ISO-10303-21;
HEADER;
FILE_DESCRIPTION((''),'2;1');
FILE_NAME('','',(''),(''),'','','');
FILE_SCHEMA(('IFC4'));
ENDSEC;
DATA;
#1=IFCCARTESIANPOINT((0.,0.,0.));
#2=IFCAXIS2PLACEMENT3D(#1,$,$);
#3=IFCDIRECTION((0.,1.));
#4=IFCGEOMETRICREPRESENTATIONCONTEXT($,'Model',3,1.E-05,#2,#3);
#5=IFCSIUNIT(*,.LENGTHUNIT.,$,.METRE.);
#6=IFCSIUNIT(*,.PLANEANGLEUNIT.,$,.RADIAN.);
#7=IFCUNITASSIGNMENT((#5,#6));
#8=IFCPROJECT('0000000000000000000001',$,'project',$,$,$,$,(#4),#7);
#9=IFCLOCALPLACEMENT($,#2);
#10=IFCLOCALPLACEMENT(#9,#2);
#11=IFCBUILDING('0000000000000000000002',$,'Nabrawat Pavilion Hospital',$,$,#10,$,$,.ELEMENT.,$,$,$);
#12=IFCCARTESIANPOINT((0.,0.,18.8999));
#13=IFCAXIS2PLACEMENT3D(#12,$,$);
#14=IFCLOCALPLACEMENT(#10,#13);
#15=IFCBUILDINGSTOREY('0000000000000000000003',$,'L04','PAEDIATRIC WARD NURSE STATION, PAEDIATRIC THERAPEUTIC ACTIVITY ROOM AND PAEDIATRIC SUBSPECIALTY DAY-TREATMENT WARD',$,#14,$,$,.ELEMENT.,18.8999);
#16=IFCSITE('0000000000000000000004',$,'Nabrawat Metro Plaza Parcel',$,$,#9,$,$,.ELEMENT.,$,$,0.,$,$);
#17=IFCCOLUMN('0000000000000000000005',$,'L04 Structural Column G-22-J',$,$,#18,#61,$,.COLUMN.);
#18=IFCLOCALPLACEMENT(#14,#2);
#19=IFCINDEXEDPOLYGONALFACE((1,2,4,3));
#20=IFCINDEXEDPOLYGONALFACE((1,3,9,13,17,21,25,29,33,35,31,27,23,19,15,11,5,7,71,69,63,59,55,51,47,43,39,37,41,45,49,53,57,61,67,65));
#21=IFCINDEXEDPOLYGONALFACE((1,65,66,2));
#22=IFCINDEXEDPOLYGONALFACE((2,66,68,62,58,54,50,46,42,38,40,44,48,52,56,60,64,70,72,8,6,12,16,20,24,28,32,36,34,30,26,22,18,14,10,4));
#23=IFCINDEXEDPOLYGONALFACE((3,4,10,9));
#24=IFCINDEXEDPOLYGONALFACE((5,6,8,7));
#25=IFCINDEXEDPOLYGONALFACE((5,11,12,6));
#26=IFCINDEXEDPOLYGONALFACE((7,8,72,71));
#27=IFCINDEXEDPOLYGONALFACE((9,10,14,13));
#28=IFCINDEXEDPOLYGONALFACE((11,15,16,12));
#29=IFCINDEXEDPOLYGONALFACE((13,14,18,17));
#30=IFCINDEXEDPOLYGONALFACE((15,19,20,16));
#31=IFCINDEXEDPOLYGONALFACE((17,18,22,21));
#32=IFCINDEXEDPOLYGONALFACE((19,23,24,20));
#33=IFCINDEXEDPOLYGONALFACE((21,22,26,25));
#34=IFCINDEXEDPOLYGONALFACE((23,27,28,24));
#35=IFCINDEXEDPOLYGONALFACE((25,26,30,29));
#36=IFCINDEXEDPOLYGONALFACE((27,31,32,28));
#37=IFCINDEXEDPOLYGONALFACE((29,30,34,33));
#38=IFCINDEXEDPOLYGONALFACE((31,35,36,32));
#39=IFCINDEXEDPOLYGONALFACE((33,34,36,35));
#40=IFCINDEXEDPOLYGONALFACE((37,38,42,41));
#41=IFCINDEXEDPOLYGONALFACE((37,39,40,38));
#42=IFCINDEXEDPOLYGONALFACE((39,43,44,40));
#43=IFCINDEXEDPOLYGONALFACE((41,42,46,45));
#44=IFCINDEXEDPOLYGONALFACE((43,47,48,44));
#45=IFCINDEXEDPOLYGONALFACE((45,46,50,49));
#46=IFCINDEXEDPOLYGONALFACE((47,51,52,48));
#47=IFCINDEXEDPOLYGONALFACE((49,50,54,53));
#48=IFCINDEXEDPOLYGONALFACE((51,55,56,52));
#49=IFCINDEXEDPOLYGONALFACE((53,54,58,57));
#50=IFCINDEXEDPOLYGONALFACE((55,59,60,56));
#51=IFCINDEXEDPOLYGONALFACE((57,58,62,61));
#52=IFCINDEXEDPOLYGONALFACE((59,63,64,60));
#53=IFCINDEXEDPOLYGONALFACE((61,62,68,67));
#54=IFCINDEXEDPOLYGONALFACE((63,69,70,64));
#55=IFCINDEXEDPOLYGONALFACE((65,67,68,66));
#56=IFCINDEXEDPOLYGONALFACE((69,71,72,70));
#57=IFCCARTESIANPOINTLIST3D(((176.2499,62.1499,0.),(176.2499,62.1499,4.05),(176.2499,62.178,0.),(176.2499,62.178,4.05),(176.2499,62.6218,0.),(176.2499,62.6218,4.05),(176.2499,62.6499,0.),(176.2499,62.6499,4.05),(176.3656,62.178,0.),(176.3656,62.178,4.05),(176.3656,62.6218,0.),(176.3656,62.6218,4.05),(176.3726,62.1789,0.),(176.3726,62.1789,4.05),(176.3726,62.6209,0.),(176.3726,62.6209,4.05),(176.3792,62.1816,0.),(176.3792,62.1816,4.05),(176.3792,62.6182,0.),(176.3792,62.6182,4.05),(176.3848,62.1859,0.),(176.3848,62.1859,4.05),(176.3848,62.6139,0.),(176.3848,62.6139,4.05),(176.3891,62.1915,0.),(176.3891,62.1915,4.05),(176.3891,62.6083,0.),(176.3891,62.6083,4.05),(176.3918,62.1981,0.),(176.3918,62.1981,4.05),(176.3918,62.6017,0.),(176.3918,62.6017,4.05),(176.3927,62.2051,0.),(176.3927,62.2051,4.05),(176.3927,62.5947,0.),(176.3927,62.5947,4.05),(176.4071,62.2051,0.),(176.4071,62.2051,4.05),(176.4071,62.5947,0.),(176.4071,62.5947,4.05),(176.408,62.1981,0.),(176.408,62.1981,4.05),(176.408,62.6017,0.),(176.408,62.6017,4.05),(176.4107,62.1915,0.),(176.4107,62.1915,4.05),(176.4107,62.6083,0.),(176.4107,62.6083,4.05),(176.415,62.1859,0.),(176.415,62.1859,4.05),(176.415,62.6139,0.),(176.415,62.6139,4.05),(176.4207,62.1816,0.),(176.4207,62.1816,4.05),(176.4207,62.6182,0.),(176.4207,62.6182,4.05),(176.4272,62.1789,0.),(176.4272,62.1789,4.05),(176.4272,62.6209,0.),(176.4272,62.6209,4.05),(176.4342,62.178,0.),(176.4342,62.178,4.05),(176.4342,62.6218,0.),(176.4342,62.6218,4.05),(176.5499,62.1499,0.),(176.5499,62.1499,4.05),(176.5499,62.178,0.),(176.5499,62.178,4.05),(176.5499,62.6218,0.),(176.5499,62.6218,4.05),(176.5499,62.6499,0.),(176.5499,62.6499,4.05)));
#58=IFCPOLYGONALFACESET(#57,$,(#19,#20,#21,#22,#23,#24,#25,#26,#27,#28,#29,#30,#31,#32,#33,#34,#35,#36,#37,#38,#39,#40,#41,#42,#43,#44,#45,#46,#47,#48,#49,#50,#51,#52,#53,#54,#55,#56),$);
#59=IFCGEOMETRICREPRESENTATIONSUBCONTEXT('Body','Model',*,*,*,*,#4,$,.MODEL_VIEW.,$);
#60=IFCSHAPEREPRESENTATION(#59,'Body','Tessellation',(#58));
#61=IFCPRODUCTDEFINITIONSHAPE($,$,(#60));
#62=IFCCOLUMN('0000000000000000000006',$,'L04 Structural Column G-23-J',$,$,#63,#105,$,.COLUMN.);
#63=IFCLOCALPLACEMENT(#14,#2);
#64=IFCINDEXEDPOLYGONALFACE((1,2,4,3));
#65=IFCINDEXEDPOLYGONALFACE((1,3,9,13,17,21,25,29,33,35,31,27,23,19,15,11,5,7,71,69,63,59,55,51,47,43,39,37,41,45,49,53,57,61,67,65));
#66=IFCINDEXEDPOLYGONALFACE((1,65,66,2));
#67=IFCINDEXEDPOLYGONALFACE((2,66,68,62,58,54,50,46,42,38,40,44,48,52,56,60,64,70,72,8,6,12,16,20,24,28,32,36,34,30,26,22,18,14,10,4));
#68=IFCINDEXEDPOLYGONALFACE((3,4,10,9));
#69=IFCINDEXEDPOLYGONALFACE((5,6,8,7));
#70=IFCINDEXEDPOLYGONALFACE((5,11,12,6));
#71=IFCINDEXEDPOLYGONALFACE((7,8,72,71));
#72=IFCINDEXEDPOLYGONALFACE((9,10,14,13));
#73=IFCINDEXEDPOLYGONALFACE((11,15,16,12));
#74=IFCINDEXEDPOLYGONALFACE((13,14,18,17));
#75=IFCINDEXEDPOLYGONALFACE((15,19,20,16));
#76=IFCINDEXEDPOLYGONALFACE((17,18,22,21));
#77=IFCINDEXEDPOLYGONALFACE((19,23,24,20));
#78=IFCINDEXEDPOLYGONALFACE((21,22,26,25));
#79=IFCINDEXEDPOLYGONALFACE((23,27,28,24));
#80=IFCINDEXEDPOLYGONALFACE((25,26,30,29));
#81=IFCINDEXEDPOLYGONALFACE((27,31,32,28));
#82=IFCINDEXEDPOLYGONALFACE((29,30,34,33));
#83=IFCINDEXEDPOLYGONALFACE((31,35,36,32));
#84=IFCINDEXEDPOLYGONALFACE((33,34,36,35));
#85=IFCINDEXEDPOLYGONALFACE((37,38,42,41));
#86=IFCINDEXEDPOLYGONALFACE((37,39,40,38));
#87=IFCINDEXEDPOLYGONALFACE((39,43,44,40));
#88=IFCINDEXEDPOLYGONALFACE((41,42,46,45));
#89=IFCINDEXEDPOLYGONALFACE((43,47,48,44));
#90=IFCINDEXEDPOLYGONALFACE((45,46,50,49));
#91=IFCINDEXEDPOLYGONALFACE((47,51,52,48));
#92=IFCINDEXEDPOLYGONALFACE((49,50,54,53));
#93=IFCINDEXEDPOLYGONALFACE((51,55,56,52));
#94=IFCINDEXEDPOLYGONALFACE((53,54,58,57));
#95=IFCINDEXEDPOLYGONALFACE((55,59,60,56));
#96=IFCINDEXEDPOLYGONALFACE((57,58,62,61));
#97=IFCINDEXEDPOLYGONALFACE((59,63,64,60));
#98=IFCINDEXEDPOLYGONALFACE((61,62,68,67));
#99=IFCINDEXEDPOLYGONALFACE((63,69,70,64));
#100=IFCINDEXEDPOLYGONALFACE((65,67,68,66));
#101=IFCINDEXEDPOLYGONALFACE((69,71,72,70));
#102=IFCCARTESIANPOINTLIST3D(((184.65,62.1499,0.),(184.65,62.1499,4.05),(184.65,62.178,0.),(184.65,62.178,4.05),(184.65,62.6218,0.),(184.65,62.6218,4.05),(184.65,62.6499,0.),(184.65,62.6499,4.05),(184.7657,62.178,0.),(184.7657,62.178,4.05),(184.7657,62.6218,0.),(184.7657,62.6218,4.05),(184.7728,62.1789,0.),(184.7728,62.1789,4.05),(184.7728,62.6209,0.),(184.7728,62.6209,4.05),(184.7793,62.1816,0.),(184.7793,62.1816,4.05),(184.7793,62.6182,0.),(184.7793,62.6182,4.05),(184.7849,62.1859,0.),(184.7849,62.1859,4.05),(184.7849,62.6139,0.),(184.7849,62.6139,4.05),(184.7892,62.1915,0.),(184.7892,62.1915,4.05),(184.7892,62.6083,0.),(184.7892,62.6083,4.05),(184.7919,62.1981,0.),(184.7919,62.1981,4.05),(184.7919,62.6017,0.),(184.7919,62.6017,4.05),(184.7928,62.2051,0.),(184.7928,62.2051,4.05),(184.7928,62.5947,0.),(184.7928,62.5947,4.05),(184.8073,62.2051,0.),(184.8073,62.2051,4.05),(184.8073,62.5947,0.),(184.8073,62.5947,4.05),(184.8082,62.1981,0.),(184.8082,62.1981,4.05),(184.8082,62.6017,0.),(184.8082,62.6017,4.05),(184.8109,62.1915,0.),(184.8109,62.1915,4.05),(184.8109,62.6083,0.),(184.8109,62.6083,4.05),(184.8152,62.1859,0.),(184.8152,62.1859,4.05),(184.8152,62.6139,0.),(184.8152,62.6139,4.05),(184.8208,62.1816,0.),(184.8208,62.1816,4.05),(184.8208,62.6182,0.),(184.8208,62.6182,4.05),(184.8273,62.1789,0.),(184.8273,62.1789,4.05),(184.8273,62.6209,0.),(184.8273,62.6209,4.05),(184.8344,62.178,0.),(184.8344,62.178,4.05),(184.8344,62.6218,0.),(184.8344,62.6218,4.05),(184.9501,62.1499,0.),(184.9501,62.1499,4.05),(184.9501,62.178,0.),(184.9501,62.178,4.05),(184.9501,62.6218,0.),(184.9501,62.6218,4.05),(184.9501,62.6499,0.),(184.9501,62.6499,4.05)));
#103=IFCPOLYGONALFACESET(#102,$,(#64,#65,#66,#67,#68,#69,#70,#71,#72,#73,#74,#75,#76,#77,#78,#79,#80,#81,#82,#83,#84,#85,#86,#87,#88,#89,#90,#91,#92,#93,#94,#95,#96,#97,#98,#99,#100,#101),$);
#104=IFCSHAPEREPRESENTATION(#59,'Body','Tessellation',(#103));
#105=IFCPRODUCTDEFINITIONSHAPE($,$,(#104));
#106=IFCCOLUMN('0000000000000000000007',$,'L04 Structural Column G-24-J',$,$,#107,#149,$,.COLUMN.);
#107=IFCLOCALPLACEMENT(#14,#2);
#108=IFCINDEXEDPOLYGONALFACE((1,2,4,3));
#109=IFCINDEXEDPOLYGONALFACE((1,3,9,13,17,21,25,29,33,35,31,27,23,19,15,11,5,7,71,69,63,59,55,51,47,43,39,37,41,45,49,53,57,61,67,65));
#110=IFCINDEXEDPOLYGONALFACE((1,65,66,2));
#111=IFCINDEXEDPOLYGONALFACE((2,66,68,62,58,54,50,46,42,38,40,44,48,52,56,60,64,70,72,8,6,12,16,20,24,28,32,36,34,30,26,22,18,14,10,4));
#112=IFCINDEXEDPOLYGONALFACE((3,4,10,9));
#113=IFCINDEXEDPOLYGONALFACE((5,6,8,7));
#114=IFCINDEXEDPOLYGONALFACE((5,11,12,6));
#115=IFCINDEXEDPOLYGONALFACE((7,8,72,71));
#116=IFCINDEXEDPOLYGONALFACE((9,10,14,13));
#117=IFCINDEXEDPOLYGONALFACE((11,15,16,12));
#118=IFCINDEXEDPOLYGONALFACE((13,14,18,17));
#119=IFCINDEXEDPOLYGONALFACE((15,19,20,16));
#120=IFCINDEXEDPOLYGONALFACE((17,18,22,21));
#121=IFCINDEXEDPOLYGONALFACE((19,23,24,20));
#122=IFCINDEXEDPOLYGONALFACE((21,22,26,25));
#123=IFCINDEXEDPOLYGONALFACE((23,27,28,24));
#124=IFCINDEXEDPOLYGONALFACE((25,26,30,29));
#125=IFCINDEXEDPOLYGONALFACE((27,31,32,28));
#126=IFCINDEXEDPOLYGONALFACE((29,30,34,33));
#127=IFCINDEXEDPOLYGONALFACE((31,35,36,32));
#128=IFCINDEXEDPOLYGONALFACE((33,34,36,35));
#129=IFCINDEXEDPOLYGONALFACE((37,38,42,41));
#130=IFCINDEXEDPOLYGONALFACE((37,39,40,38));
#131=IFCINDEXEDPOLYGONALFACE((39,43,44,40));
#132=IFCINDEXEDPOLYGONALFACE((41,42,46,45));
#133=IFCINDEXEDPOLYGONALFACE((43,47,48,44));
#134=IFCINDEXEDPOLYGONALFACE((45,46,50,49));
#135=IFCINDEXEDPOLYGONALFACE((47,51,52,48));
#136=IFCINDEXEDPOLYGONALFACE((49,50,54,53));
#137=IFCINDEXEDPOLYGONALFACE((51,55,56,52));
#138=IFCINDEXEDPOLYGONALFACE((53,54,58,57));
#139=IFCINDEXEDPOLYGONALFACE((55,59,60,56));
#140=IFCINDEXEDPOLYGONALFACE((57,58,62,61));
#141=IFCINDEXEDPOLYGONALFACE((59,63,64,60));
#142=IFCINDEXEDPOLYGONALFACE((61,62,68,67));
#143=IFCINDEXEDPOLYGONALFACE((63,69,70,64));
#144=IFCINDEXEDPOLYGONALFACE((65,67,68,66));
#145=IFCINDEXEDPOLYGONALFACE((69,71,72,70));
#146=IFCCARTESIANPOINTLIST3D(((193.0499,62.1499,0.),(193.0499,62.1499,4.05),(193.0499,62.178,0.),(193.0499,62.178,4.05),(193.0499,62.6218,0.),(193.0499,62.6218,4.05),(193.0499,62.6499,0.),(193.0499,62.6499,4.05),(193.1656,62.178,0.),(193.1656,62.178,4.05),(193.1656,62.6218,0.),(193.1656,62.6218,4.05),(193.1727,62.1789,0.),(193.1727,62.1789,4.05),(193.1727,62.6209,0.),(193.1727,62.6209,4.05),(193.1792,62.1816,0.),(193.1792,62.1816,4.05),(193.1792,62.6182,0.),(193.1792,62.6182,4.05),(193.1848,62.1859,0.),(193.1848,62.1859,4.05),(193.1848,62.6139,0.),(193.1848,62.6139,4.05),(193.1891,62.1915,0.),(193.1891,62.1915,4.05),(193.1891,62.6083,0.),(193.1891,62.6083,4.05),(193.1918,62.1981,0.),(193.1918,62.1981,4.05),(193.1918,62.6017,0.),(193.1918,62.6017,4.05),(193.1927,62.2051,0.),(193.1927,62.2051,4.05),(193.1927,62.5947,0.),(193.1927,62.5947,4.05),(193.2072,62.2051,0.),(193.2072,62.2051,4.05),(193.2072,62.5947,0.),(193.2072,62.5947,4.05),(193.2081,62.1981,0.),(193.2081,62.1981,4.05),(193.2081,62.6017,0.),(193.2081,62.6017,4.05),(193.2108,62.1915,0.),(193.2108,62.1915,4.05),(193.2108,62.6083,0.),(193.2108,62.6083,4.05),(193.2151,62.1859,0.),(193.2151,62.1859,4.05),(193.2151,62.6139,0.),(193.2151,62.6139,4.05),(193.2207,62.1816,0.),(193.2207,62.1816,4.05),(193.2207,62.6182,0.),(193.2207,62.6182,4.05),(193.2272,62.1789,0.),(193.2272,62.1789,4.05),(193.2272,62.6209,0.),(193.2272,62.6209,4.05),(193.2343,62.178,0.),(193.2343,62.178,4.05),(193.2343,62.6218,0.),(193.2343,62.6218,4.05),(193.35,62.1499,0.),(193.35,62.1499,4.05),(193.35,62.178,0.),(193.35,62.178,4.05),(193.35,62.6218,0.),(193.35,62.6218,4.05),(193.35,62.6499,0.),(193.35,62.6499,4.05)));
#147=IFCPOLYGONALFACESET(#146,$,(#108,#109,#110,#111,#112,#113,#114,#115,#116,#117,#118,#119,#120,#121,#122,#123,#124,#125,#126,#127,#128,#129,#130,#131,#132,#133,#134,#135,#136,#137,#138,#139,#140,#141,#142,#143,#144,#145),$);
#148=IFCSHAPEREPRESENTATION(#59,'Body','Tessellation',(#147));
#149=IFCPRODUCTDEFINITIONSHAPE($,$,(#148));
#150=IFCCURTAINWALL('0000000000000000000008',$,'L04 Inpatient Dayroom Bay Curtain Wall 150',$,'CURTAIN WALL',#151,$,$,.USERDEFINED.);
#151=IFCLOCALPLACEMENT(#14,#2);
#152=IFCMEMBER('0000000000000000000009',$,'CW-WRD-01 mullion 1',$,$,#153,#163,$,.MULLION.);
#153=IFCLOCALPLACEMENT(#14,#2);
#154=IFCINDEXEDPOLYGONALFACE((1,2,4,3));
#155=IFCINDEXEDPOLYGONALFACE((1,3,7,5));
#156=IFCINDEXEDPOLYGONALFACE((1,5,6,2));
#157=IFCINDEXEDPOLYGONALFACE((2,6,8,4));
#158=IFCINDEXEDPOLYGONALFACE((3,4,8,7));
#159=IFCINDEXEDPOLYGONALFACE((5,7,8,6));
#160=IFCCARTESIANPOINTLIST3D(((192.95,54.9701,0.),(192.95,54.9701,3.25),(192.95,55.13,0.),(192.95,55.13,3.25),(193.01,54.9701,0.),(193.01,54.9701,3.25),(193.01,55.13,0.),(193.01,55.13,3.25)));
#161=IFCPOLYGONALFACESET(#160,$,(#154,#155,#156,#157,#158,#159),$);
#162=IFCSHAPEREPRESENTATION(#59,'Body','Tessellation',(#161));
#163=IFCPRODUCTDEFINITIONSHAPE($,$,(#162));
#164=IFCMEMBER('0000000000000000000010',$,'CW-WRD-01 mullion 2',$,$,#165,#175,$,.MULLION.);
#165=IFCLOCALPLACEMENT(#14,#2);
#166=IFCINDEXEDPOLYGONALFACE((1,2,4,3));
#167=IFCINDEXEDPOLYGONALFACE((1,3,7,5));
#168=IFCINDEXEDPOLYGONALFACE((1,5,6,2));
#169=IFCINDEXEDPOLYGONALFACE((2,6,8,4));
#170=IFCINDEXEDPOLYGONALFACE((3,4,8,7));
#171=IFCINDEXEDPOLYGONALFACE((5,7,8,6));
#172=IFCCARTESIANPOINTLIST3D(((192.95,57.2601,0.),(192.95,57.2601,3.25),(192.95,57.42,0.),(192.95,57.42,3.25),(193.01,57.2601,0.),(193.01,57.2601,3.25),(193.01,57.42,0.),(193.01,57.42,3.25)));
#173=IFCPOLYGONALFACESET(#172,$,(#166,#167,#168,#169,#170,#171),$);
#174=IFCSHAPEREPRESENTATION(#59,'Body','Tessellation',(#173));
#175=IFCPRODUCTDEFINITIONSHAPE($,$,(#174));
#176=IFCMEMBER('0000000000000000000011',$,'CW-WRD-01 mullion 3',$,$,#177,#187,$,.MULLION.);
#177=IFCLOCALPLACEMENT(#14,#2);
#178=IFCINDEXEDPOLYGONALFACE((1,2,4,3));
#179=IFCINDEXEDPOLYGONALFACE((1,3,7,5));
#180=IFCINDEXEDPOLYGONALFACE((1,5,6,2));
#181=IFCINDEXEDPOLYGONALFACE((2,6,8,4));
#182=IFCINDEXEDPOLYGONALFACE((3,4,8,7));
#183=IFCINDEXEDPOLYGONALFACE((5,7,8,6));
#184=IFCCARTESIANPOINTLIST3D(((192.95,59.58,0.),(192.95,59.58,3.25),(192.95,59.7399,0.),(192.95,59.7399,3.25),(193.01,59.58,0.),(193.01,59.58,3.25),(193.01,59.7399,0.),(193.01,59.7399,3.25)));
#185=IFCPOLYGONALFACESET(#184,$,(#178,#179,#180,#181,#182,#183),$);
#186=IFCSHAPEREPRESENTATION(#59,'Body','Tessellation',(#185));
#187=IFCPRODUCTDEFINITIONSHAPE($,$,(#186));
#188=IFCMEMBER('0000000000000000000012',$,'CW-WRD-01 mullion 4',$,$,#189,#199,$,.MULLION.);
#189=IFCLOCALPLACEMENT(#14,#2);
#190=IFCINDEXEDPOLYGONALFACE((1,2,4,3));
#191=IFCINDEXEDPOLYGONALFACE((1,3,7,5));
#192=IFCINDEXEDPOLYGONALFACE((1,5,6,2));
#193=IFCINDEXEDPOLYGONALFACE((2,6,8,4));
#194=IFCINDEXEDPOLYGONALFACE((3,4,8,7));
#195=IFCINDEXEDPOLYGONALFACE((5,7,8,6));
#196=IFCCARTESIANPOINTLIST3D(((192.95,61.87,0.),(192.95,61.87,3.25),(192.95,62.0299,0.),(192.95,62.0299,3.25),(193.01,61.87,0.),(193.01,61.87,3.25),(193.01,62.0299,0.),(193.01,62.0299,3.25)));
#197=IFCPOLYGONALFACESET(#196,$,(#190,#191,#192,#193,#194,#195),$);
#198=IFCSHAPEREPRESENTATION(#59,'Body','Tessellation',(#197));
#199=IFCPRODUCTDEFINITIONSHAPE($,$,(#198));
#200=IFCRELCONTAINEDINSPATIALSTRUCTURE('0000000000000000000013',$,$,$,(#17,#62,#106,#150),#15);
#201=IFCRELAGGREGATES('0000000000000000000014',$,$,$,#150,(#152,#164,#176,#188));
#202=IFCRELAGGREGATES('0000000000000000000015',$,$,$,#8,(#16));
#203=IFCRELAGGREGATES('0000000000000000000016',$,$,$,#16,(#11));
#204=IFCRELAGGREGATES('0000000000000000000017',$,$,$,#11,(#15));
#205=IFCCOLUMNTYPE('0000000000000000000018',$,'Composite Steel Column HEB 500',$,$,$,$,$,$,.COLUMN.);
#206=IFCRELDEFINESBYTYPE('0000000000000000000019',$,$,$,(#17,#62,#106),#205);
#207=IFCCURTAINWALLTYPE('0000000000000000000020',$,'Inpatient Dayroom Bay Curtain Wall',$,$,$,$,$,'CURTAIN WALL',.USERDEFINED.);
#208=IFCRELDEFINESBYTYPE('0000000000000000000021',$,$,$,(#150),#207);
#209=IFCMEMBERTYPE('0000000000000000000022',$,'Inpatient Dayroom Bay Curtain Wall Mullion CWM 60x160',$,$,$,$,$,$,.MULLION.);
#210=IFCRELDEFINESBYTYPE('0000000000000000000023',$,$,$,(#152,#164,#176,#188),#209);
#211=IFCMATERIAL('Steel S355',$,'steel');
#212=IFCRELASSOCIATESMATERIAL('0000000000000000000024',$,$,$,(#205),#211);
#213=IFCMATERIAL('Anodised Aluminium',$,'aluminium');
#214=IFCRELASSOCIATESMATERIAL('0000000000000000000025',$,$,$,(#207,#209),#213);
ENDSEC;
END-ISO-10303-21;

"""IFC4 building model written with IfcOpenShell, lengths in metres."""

from ifc_helpers import new_model, si_unit, direction, frame, origin, origin_2d, place, context, subcontext, project, spatial, rectangle, i_section, extrude, material, material_profile, profile_set, type_object, element, aggregate, save


model = new_model("IFC4")

# Units and contexts
model_context = context("Model", 3, precision=1e-05, world=origin(), true_north=direction((0.0, 1.0)))
body_context = subcontext(model_context, "Body", "Model", "MODEL_VIEW")
ifc_project = project(units=[si_unit("LENGTHUNIT", "METRE"), si_unit("PLANEANGLEUNIT", "RADIAN")], contexts=[model_context])

# Site, building, storey
site_placement = place(None, origin())
site = spatial("IfcSite", under=ifc_project, at=site_placement, Name="Nabrawat Metro Plaza Parcel", CompositionType="ELEMENT", RefElevation=0.0)
building_placement = place(site_placement, origin())
building = spatial("IfcBuilding", under=site, at=building_placement, Name="Nabrawat Pavilion Hospital", CompositionType="ELEMENT")
storey_placement = place(building_placement, frame((0.0, 0.0, 18.8999)))
storey = spatial("IfcBuildingStorey", under=building, at=storey_placement, Name="L04", Description="PAEDIATRIC WARD NURSE STATION, PAEDIATRIC THERAPEUTIC ACTIVITY ROOM AND PAEDIATRIC SUBSPECIALTY DAY-TREATMENT WARD", CompositionType="ELEMENT", Elevation=18.8999)

# Columns
ifc_material_1 = material(Name="Steel S355", Category="steel")
ifc_material_profile_1 = material_profile(ifc_material_1, i_section(OverallWidth=0.3, OverallDepth=0.5, WebThickness=0.0144, FlangeThickness=0.0281, FilletRadius=0.0271, at=origin_2d()), Name="HEB 500")
ifc_profile_set_1 = profile_set([ifc_material_profile_1], Name="Steel S355")
column_type = type_object("IfcColumnType", Name="Composite Steel Column HEB 500", PredefinedType="COLUMN", material=ifc_profile_set_1)
for number, where, z_axis, x_axis, name in (
    (1, (176.3999, 62.3999, 0.0), (0.0, 0.0, 1.0), (1.0, 0.0, 0.0), "L04 Structural Column G-22-J"),
    (2, (184.8, 62.3999, 0.0), (0.0, 0.0, 1.0), (1.0, 0.0, 0.0), "L04 Structural Column G-23-J"),
    (3, (193.2, 62.3999, 0.0), (0.0, 0.0, 1.0), (1.0, 0.0, 0.0), "L04 Structural Column G-24-J"),
):
    element("IfcColumn", number, at=place(storey_placement, frame(where, z_axis=z_axis, x_axis=x_axis)), inside=storey, type_object=column_type, Name=name, PredefinedType="COLUMN", context=body_context, shape_type="SweptSolid", body=[
        extrude(i_section(OverallWidth=0.3, OverallDepth=0.5, WebThickness=0.0144, FlangeThickness=0.0281, FilletRadius=0.0271, at=origin_2d()), origin(), (0.0, 0.0, 1.0), 4.05),
    ])

# Curtain wall, members
ifc_material_2 = material(Name="Anodised Aluminium", Category="aluminium")
curtain_wall_type = type_object("IfcCurtainWallType", Name="Inpatient Dayroom Bay Curtain Wall", ElementType="CURTAIN WALL", PredefinedType="USERDEFINED", material=ifc_material_2)
curtain_wall_placement = place(storey_placement, origin())
curtain_wall = element("IfcCurtainWall", 4, at=curtain_wall_placement, inside=storey, type_object=curtain_wall_type, Name="L04 Inpatient Dayroom Bay Curtain Wall 150", ObjectType="CURTAIN WALL", PredefinedType="USERDEFINED")
ifc_material_profile_2 = material_profile(ifc_material_2, rectangle(XDim=0.0601, YDim=0.1599, at=origin_2d()), Name="CWM 60x160")
ifc_profile_set_2 = profile_set([ifc_material_profile_2], Name="Anodised Aluminium")
member_type_1 = type_object("IfcMemberType", Name="Inpatient Dayroom Bay Curtain Wall Mullion CWM 60x160", PredefinedType="MULLION", material=ifc_profile_set_2)
member_1_placement = place(storey_placement, frame((192.98, 55.05, 0.0), z_axis=(0.0, 0.0, 1.0), x_axis=(-1.0, 0.0, 0.0)))
member_1 = element("IfcMember", 5, at=member_1_placement, type_object=member_type_1, Name="CW-WRD-01 mullion 1", PredefinedType="MULLION", context=body_context, shape_type="SweptSolid", body=[
    extrude(rectangle(XDim=0.0601, YDim=0.1599, at=origin_2d()), origin(), (0.0, 0.0, 1.0), 3.25),
])
member_2_placement = place(storey_placement, frame((192.98, 57.3401, 0.0), z_axis=(0.0, 0.0, 1.0), x_axis=(-1.0, 0.0, 0.0)))
member_2 = element("IfcMember", 6, at=member_2_placement, type_object=member_type_1, Name="CW-WRD-01 mullion 2", PredefinedType="MULLION", context=body_context, shape_type="SweptSolid", body=[
    extrude(rectangle(XDim=0.0601, YDim=0.1599, at=origin_2d()), origin(), (0.0, 0.0, 1.0), 3.25),
])
member_3_placement = place(storey_placement, frame((192.98, 59.6599, 0.0), z_axis=(0.0, 0.0, 1.0), x_axis=(-1.0, 0.0, 0.0)))
member_3 = element("IfcMember", 7, at=member_3_placement, type_object=member_type_1, Name="CW-WRD-01 mullion 3", PredefinedType="MULLION", context=body_context, shape_type="SweptSolid", body=[
    extrude(rectangle(XDim=0.0601, YDim=0.1599, at=origin_2d()), origin(), (0.0, 0.0, 1.0), 3.25),
])
member_4_placement = place(storey_placement, frame((192.98, 61.95, 0.0), z_axis=(0.0, 0.0, 1.0), x_axis=(-1.0, 0.0, 0.0)))
member_4 = element("IfcMember", 8, at=member_4_placement, type_object=member_type_1, Name="CW-WRD-01 mullion 4", PredefinedType="MULLION", context=body_context, shape_type="SweptSolid", body=[
    extrude(rectangle(XDim=0.0601, YDim=0.1599, at=origin_2d()), origin(), (0.0, 0.0, 1.0), 3.25),
])

aggregate(curtain_wall, [member_1, member_2, member_3, member_4])

save(model, "model.ifc")
